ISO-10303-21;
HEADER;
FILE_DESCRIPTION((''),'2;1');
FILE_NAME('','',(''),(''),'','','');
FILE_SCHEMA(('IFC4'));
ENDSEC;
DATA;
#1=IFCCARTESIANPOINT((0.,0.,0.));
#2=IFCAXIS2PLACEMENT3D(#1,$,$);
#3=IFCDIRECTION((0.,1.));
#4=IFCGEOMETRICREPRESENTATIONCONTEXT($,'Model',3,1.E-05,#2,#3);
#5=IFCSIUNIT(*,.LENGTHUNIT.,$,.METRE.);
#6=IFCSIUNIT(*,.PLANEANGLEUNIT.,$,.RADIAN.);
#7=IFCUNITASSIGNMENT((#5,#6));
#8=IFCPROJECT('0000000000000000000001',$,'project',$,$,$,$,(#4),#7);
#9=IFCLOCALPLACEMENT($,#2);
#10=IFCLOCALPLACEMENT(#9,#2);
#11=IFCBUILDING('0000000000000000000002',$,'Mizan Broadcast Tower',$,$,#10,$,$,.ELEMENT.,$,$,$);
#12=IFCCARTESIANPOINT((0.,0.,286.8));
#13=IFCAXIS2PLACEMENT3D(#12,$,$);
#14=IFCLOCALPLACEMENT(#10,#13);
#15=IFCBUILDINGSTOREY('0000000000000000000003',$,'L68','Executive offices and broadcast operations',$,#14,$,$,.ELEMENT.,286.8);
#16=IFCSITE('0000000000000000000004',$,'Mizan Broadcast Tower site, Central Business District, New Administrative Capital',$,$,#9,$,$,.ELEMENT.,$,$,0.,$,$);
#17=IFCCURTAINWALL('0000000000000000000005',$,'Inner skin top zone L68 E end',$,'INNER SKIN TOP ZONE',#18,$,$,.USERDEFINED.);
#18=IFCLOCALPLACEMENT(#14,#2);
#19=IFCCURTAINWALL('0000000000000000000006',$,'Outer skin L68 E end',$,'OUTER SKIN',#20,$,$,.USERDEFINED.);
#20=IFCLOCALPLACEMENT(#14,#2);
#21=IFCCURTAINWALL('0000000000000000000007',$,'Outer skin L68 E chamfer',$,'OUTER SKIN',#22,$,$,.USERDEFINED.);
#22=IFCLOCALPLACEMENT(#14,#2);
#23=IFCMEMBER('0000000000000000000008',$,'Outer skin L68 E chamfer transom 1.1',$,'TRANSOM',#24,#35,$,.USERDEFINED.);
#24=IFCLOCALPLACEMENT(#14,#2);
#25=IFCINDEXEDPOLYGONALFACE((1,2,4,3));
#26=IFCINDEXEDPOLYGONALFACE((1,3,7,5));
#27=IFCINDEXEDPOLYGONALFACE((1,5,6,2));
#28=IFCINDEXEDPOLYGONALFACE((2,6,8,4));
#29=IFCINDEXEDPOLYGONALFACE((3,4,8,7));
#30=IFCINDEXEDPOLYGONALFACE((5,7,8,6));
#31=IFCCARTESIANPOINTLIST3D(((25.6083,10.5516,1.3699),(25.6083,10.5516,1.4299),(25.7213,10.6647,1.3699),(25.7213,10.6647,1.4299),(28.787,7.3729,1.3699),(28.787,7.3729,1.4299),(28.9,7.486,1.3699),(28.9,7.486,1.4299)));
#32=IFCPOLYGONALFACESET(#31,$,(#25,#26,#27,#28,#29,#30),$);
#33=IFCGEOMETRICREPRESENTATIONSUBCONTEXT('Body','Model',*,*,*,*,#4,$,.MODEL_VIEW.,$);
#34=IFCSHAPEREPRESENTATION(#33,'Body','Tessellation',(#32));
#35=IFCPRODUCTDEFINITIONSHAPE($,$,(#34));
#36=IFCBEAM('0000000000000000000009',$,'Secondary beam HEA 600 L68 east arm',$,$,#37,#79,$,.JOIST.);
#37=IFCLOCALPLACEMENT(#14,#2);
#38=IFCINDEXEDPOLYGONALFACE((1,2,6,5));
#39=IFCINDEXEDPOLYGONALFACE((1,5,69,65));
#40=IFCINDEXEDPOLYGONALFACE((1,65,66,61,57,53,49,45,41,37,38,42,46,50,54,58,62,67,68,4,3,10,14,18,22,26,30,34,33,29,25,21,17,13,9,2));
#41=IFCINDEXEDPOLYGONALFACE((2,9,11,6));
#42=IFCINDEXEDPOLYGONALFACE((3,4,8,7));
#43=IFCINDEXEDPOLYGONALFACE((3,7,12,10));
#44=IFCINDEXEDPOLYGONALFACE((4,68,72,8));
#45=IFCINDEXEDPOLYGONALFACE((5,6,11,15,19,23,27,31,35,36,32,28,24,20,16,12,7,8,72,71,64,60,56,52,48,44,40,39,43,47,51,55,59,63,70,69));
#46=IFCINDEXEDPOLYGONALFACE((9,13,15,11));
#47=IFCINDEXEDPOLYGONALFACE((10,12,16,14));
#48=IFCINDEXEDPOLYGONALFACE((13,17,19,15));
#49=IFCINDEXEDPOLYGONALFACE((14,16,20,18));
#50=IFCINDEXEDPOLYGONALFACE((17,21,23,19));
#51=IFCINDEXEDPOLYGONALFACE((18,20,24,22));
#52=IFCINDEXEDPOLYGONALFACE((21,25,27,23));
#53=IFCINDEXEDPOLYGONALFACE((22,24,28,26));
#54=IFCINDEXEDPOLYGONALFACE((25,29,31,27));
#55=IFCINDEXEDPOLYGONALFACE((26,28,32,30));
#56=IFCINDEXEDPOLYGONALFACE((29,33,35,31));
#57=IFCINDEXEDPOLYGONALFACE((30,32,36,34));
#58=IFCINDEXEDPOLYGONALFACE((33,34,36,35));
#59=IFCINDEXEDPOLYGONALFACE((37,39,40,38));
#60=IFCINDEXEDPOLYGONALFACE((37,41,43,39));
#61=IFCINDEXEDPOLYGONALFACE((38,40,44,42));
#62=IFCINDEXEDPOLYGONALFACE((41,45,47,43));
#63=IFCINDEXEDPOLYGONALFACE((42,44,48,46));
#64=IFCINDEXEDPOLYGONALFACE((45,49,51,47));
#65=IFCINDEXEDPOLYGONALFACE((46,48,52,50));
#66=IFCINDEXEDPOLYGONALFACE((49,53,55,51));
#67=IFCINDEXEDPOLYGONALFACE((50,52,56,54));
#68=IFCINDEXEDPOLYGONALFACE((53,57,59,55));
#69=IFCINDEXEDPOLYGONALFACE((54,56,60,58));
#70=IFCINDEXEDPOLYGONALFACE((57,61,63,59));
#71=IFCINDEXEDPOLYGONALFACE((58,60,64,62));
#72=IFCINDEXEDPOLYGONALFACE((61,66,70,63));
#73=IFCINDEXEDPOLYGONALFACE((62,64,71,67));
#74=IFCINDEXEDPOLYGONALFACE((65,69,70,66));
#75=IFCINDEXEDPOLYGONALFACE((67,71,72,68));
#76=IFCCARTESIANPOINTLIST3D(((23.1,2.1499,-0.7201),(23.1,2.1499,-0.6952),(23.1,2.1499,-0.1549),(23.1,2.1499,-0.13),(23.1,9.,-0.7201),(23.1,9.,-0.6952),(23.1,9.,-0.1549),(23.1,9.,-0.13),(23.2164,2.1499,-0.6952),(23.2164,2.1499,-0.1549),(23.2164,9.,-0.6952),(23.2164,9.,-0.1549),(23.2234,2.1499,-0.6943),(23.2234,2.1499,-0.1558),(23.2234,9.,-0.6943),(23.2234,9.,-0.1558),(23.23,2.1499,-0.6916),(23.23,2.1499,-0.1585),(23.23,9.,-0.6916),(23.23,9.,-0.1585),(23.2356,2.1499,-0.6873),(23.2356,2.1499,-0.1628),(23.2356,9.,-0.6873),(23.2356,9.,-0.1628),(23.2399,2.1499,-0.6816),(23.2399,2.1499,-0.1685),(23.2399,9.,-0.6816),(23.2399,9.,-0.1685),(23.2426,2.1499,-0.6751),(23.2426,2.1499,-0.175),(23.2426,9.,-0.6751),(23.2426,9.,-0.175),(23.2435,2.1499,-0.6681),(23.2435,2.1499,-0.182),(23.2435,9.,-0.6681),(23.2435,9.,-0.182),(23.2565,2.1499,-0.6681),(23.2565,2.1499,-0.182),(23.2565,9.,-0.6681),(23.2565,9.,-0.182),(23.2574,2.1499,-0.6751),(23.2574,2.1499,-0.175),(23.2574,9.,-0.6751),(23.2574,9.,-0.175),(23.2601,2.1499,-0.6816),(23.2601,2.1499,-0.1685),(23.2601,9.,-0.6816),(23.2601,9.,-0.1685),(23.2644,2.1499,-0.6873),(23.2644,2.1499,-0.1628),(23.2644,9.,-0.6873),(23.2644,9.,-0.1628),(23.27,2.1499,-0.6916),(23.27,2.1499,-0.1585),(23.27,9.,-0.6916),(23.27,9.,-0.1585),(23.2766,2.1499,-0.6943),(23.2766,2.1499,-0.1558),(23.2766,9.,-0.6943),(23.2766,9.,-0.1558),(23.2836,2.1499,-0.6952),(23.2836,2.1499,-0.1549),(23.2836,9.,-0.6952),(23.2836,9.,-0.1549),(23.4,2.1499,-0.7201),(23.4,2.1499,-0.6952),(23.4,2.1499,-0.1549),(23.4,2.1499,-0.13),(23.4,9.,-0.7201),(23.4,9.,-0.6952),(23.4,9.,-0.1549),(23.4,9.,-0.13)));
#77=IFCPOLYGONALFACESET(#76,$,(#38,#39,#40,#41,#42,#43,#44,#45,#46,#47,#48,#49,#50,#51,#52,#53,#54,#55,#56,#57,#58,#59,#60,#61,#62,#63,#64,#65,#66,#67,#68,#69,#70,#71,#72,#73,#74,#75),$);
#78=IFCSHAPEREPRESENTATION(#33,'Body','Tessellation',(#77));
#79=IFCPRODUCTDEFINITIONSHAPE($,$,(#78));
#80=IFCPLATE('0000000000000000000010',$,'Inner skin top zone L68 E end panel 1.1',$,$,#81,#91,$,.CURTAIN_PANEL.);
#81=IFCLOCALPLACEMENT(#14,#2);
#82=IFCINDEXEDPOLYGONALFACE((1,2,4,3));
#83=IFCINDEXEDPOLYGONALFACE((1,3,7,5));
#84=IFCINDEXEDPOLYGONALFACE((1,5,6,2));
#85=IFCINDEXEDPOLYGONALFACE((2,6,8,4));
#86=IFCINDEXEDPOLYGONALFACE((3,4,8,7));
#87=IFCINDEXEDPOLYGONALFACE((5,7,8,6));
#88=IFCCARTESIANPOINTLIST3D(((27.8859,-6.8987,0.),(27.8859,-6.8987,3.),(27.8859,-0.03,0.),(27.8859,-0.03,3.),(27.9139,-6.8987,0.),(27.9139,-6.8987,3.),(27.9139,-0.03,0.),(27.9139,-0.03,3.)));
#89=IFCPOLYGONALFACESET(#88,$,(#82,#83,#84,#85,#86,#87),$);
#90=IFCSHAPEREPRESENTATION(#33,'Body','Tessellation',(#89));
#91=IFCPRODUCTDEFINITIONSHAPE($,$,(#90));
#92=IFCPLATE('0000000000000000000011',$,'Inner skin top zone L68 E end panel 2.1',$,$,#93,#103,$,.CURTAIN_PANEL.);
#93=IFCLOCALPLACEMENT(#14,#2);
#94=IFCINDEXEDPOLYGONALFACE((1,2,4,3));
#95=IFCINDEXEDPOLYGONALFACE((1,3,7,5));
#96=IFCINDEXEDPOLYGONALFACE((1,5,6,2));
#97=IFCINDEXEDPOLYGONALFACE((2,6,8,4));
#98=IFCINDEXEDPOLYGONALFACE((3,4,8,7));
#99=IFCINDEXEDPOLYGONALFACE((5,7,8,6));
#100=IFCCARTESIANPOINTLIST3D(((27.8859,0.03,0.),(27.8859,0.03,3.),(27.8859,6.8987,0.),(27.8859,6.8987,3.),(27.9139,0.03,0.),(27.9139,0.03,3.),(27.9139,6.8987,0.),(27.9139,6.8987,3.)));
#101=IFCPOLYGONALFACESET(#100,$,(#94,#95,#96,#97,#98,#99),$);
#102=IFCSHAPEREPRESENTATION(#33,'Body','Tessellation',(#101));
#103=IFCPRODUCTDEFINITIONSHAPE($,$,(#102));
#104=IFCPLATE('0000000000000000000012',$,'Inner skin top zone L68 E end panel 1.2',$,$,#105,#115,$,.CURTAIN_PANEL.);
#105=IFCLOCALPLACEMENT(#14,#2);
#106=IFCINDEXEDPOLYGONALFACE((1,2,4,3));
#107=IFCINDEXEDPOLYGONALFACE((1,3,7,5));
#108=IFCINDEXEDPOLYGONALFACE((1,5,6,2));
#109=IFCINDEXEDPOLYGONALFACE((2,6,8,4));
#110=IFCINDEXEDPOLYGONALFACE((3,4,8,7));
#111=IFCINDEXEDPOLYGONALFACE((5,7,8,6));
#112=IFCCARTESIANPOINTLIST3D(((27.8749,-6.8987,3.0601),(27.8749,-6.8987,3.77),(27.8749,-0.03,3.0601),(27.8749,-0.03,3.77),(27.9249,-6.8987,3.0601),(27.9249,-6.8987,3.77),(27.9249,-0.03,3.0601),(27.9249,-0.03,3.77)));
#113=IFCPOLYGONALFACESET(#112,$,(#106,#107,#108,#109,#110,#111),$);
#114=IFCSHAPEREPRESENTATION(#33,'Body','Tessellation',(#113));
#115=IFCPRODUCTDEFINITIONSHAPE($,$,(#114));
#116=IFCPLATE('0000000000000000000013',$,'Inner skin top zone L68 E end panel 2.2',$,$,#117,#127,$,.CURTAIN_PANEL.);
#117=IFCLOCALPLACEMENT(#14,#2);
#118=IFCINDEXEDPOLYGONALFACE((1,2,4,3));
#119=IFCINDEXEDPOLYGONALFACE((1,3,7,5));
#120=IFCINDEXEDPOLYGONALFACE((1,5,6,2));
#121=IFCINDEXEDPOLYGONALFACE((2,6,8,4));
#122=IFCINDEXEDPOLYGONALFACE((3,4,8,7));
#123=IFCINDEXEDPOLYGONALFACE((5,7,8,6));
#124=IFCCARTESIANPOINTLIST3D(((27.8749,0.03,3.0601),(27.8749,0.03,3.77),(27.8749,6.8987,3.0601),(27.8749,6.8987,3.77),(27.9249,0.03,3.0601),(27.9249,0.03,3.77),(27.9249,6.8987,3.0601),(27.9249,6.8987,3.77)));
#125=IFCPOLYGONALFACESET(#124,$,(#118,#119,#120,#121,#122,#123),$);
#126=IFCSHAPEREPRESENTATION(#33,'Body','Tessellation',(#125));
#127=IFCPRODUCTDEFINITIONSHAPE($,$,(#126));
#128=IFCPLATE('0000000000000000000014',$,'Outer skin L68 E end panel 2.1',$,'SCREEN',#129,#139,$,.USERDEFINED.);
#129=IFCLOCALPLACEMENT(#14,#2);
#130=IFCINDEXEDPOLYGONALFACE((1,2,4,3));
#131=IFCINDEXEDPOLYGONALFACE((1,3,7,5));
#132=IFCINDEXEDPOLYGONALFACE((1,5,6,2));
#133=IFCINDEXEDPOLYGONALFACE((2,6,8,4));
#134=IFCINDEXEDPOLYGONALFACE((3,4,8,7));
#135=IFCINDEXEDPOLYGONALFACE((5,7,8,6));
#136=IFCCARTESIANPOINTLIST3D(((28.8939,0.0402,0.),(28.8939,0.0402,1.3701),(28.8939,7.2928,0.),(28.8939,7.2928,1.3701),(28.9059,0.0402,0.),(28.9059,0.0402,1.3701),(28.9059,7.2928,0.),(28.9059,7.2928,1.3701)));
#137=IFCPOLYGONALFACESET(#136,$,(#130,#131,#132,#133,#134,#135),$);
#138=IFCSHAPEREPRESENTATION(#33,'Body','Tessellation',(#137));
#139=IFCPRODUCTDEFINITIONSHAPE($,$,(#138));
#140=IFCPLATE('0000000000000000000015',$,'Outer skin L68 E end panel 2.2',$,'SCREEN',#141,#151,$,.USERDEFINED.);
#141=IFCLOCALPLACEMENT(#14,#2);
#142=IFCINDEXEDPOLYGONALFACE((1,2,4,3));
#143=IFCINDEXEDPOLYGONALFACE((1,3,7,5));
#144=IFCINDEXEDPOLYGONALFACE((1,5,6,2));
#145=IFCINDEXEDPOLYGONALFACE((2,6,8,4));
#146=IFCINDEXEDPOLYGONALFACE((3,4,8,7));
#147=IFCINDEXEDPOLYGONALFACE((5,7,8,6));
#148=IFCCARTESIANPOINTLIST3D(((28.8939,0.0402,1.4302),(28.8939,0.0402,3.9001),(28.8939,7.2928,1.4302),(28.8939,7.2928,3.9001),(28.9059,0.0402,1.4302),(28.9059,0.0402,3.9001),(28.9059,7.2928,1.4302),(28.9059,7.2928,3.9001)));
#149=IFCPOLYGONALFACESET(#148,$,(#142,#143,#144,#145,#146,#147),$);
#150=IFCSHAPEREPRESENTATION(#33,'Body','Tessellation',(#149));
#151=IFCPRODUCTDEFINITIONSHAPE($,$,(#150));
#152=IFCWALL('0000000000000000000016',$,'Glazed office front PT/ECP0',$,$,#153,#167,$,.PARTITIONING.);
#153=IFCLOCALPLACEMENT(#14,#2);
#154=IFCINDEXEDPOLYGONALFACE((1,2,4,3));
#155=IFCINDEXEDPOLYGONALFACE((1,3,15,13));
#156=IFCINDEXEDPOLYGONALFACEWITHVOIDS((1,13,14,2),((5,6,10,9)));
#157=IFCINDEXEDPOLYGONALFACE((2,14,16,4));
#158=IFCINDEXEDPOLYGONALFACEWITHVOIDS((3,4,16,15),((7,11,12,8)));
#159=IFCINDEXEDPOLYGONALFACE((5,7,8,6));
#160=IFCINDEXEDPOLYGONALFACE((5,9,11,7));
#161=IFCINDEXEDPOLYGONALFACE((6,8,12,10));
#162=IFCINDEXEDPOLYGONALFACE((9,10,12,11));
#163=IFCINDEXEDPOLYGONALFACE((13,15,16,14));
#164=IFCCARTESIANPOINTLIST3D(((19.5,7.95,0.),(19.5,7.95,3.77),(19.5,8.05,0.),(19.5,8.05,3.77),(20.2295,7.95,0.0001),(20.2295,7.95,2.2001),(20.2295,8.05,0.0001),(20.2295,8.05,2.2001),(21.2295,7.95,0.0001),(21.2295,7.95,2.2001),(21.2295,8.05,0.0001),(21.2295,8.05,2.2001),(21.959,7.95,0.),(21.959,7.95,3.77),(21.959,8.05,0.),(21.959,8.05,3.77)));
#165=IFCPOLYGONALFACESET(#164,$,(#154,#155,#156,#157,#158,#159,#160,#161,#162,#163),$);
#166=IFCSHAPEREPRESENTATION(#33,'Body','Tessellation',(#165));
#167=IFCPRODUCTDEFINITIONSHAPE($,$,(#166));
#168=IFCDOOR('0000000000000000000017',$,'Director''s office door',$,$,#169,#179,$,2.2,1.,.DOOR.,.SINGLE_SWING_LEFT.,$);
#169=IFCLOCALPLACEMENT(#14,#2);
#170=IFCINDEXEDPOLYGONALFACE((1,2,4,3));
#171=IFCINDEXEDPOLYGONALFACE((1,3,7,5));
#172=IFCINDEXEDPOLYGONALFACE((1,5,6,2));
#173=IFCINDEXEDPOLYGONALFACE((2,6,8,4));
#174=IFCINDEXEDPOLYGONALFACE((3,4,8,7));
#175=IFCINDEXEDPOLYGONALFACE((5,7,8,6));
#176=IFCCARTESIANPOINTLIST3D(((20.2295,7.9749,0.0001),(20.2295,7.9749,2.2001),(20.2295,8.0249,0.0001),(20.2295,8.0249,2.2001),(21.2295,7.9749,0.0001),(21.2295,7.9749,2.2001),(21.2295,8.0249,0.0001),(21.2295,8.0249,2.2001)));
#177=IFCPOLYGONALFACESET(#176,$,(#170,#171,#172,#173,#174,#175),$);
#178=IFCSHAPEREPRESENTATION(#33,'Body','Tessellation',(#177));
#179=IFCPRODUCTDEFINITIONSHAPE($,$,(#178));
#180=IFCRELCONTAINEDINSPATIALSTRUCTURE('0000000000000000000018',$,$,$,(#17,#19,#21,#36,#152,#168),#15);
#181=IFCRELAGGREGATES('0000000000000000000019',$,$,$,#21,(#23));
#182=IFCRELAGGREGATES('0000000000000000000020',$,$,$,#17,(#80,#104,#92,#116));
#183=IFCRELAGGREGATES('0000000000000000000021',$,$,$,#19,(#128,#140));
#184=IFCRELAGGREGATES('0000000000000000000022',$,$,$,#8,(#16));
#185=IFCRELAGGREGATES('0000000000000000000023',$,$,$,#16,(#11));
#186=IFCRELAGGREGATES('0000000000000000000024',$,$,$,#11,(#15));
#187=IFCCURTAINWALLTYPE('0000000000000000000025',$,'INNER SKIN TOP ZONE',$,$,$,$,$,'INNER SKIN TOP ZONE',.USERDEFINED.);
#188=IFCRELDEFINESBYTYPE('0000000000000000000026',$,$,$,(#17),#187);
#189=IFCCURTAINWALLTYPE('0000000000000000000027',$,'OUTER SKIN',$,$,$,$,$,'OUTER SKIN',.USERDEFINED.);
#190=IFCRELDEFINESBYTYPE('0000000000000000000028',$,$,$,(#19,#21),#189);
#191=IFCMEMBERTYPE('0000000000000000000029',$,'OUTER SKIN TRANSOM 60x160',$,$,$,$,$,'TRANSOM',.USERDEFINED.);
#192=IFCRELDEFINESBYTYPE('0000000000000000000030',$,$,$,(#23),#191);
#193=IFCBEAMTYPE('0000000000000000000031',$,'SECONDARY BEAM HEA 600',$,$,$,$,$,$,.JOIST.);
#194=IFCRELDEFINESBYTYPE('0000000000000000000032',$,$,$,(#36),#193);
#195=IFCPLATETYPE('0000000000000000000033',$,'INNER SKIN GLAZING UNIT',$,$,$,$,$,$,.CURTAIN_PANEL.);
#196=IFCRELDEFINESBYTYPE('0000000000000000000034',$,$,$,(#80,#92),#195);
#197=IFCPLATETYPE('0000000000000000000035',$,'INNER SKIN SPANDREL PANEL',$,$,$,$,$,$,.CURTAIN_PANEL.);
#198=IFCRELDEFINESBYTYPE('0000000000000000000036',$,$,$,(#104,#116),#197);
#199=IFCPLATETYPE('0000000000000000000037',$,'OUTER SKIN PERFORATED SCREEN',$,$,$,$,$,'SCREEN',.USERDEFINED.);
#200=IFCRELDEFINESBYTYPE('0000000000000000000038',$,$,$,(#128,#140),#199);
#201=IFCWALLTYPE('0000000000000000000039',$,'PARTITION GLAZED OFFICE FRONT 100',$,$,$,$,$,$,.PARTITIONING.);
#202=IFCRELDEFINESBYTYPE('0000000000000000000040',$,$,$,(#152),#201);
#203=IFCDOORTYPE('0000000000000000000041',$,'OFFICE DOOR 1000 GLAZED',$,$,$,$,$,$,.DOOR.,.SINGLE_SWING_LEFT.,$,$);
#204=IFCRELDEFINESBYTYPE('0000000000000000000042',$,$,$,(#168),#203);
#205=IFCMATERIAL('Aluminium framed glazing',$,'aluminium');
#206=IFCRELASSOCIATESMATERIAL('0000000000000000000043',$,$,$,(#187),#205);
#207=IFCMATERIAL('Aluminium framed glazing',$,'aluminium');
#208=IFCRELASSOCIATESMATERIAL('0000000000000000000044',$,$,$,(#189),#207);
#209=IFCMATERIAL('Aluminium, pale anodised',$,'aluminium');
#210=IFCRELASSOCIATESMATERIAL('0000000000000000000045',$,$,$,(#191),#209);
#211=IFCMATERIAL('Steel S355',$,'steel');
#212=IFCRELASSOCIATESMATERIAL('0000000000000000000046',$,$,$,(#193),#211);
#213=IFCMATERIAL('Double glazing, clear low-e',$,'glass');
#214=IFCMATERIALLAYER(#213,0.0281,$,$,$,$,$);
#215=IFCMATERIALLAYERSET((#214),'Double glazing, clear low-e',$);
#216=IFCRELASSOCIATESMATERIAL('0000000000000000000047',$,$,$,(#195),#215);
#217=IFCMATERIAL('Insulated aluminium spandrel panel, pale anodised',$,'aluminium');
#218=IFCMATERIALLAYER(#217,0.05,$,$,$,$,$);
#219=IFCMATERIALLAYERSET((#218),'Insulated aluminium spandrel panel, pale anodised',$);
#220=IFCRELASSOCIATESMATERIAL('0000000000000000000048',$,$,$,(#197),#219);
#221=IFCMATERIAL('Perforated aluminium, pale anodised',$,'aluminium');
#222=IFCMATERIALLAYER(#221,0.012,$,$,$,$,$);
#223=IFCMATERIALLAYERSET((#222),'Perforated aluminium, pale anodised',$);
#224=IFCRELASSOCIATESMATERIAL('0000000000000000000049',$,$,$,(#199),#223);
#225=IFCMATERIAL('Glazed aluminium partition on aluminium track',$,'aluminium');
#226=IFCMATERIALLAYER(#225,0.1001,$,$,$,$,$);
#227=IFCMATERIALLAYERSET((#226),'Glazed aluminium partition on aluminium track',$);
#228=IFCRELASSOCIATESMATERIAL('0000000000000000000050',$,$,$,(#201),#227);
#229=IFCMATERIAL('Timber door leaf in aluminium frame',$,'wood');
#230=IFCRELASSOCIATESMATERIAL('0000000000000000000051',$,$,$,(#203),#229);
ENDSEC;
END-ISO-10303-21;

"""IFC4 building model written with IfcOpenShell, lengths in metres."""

from ifc_helpers import new_model, si_unit, direction, frame, frame_2d, origin, origin_2d, place, context, subcontext, project, spatial, rectangle, i_section, extrude, material, layer, layer_set, material_profile, profile_set, type_object, element, fill, aggregate, save


model = new_model("IFC4")

# Units and contexts
model_context = context("Model", 3, precision=1e-05, world=origin(), true_north=direction((0.0, 1.0)))
body_context = subcontext(model_context, "Body", "Model", "MODEL_VIEW")
ifc_project = project(units=[si_unit("LENGTHUNIT", "METRE"), si_unit("PLANEANGLEUNIT", "RADIAN")], contexts=[model_context])

# Site, building, storey
site_placement = place(None, origin())
site = spatial("IfcSite", under=ifc_project, at=site_placement, Name="Mizan Broadcast Tower site, Central Business District, New Administrative Capital", CompositionType="ELEMENT", RefElevation=0.0)
building_placement = place(site_placement, origin())
building = spatial("IfcBuilding", under=site, at=building_placement, Name="Mizan Broadcast Tower", CompositionType="ELEMENT")
storey_placement = place(building_placement, frame((0.0, 0.0, 286.8)))
storey = spatial("IfcBuildingStorey", under=building, at=storey_placement, Name="L68", Description="Executive offices and broadcast operations", CompositionType="ELEMENT", Elevation=286.8)

# Curtain wall
ifc_material_1 = material(Name="Aluminium framed glazing", Category="aluminium")
curtain_wall_type_1 = type_object("IfcCurtainWallType", Name="INNER SKIN TOP ZONE", ElementType="INNER SKIN TOP ZONE", PredefinedType="USERDEFINED", material=ifc_material_1)
curtain_wall_1_placement = place(storey_placement, origin())
curtain_wall_1 = element("IfcCurtainWall", 1, at=curtain_wall_1_placement, inside=storey, type_object=curtain_wall_type_1, Name="Inner skin top zone L68 E end", ObjectType="INNER SKIN TOP ZONE", PredefinedType="USERDEFINED")

# Curtain wall
ifc_material_2 = material(Name="Aluminium framed glazing", Category="aluminium")
curtain_wall_type_2 = type_object("IfcCurtainWallType", Name="OUTER SKIN", ElementType="OUTER SKIN", PredefinedType="USERDEFINED", material=ifc_material_2)
curtain_wall_2_placement = place(storey_placement, origin())
curtain_wall_2 = element("IfcCurtainWall", 2, at=curtain_wall_2_placement, inside=storey, type_object=curtain_wall_type_2, Name="Outer skin L68 E end", ObjectType="OUTER SKIN", PredefinedType="USERDEFINED")
ifc_material_3 = material(Name="Aluminium, pale anodised", Category="aluminium")
ifc_material_profile_1 = material_profile(ifc_material_3, rectangle(XDim=0.1599, YDim=0.0601, at=origin_2d()), Name="TRANSOM 160x60")
ifc_profile_set_1 = profile_set([ifc_material_profile_1], Name="Aluminium, pale anodised")
member_type_1 = type_object("IfcMemberType", Name="OUTER SKIN TRANSOM 60x160", ElementType="TRANSOM", PredefinedType="USERDEFINED", material=ifc_profile_set_1)

# Curtain wall, member
curtain_wall_3_placement = place(storey_placement, origin())
curtain_wall_3 = element("IfcCurtainWall", 3, at=curtain_wall_3_placement, inside=storey, type_object=curtain_wall_type_2, Name="Outer skin L68 E chamfer", ObjectType="OUTER SKIN", PredefinedType="USERDEFINED")
member_1_placement = place(storey_placement, frame((28.8435, 7.4294, 1.3999), z_axis=(-0.707107, 0.707107, 0.0), x_axis=(-0.707107, -0.707107, 0.0)))
member_1 = element("IfcMember", 4, at=member_1_placement, type_object=member_type_1, Name="Outer skin L68 E chamfer transom 1.1", ObjectType="TRANSOM", PredefinedType="USERDEFINED", context=body_context, shape_type="SweptSolid", body=[
    extrude(rectangle(XDim=0.1599, YDim=0.0601, at=origin_2d()), origin(), (0.0, 0.0, 1.0), 4.4954),
])
aggregate(curtain_wall_3, [member_1])

# Beam
ifc_material_4 = material(Name="Steel S355", Category="steel")
ifc_material_profile_2 = material_profile(ifc_material_4, i_section(OverallWidth=0.3, OverallDepth=0.5901, WebThickness=0.0129, FlangeThickness=0.0249, FilletRadius=0.0271, at=origin_2d()), Name="HEA 600")
ifc_profile_set_2 = profile_set([ifc_material_profile_2], Name="Steel S355")
beam_type_1 = type_object("IfcBeamType", Name="SECONDARY BEAM HEA 600", PredefinedType="JOIST", material=ifc_profile_set_2)
beam_1_placement = place(storey_placement, frame((23.25, 9.0, -0.425), z_axis=(0.0, -1.0, 0.0), x_axis=(1.0, 0.0, 0.0)))
element("IfcBeam", 5, at=beam_1_placement, inside=storey, type_object=beam_type_1, Name="Secondary beam HEA 600 L68 east arm", PredefinedType="JOIST", context=body_context, shape_type="SweptSolid", body=[
    extrude(i_section(OverallWidth=0.3, OverallDepth=0.5901, WebThickness=0.0129, FlangeThickness=0.0249, FilletRadius=0.0271, at=origin_2d()), origin(), (0.0, 0.0, 1.0), 6.8501),
])

# Plates
ifc_material_5 = material(Name="Double glazing, clear low-e", Category="glass")
ifc_layer_1 = layer(ifc_material_5, 0.0281)
ifc_layer_set_1 = layer_set([ifc_layer_1], Name="Double glazing, clear low-e")
plate_type_1 = type_object("IfcPlateType", Name="INNER SKIN GLAZING UNIT", PredefinedType="CURTAIN_PANEL", material=ifc_layer_set_1)
plate_1_placement = place(storey_placement, frame((27.8999, -3.4644, 0.0), z_axis=(0.0, 0.0, 1.0), x_axis=(0.0, 1.0, 0.0)))
plate_1 = element("IfcPlate", 6, at=plate_1_placement, type_object=plate_type_1, Name="Inner skin top zone L68 E end panel 1.1", PredefinedType="CURTAIN_PANEL", context=body_context, shape_type="SweptSolid", body=[
    extrude(rectangle(XDim=6.8687, YDim=0.0281, at=origin_2d()), origin(), (0.0, 0.0, 1.0), 3.0),
])
plate_2_placement = place(storey_placement, frame((27.8999, 3.4644, 0.0), z_axis=(0.0, 0.0, 1.0), x_axis=(0.0, 1.0, 0.0)))
plate_2 = element("IfcPlate", 7, at=plate_2_placement, type_object=plate_type_1, Name="Inner skin top zone L68 E end panel 2.1", PredefinedType="CURTAIN_PANEL", context=body_context, shape_type="SweptSolid", body=[
    extrude(rectangle(XDim=6.8687, YDim=0.0281, at=origin_2d()), origin(), (0.0, 0.0, 1.0), 3.0),
])
ifc_material_6 = material(Name="Insulated aluminium spandrel panel, pale anodised", Category="aluminium")
ifc_layer_2 = layer(ifc_material_6, 0.05)
ifc_layer_set_2 = layer_set([ifc_layer_2], Name="Insulated aluminium spandrel panel, pale anodised")
plate_type_2 = type_object("IfcPlateType", Name="INNER SKIN SPANDREL PANEL", PredefinedType="CURTAIN_PANEL", material=ifc_layer_set_2)
plate_3_placement = place(storey_placement, frame((27.8999, -3.4644, 3.0601), z_axis=(0.0, 0.0, 1.0), x_axis=(0.0, 1.0, 0.0)))
plate_3 = element("IfcPlate", 8, at=plate_3_placement, type_object=plate_type_2, Name="Inner skin top zone L68 E end panel 1.2", PredefinedType="CURTAIN_PANEL", context=body_context, shape_type="SweptSolid", body=[
    extrude(rectangle(XDim=6.8687, YDim=0.05, at=origin_2d()), origin(), (0.0, 0.0, 1.0), 0.71),
])
plate_4_placement = place(storey_placement, frame((27.8999, 3.4644, 3.0601), z_axis=(0.0, 0.0, 1.0), x_axis=(0.0, 1.0, 0.0)))
plate_4 = element("IfcPlate", 9, at=plate_4_placement, type_object=plate_type_2, Name="Inner skin top zone L68 E end panel 2.2", PredefinedType="CURTAIN_PANEL", context=body_context, shape_type="SweptSolid", body=[
    extrude(rectangle(XDim=6.8687, YDim=0.05, at=origin_2d()), origin(), (0.0, 0.0, 1.0), 0.71),
])
aggregate(curtain_wall_1, [plate_1, plate_3, plate_2, plate_4])
ifc_material_7 = material(Name="Perforated aluminium, pale anodised", Category="aluminium")
ifc_layer_3 = layer(ifc_material_7, 0.012)
ifc_layer_set_3 = layer_set([ifc_layer_3], Name="Perforated aluminium, pale anodised")
plate_type_3 = type_object("IfcPlateType", Name="OUTER SKIN PERFORATED SCREEN", ElementType="SCREEN", PredefinedType="USERDEFINED", material=ifc_layer_set_3)
plate_5_placement = place(storey_placement, frame((28.8999, 3.6665, 0.0), z_axis=(0.0, 0.0, 1.0), x_axis=(0.0, 1.0, 0.0)))
plate_5 = element("IfcPlate", 10, at=plate_5_placement, type_object=plate_type_3, Name="Outer skin L68 E end panel 2.1", ObjectType="SCREEN", PredefinedType="USERDEFINED", context=body_context, shape_type="SweptSolid", body=[
    extrude(rectangle(XDim=7.2527, YDim=0.012, at=origin_2d()), origin(), (0.0, 0.0, 1.0), 1.3701),
])
plate_6_placement = place(storey_placement, frame((28.8999, 3.6665, 1.4302), z_axis=(0.0, 0.0, 1.0), x_axis=(0.0, 1.0, 0.0)))
plate_6 = element("IfcPlate", 11, at=plate_6_placement, type_object=plate_type_3, Name="Outer skin L68 E end panel 2.2", ObjectType="SCREEN", PredefinedType="USERDEFINED", context=body_context, shape_type="SweptSolid", body=[
    extrude(rectangle(XDim=7.2527, YDim=0.012, at=origin_2d()), origin(), (0.0, 0.0, 1.0), 2.47),
])
aggregate(curtain_wall_2, [plate_5, plate_6])

# Wall, opening, door
ifc_material_8 = material(Name="Glazed aluminium partition on aluminium track", Category="aluminium")
ifc_layer_4 = layer(ifc_material_8, 0.1001)
ifc_layer_set_4 = layer_set([ifc_layer_4], Name="Glazed aluminium partition on aluminium track")
wall_type = type_object("IfcWallType", Name="PARTITION GLAZED OFFICE FRONT 100", PredefinedType="PARTITIONING", material=ifc_layer_set_4)
wall_1_placement = place(storey_placement, frame((19.5, 8.0, 0.0), z_axis=(0.0, 0.0, 1.0), x_axis=(1.0, 0.0, 0.0)))
wall_1 = element("IfcWall", 12, at=wall_1_placement, inside=storey, type_object=wall_type, Name="Glazed office front PT/ECP0", PredefinedType="PARTITIONING", context=body_context, shape_type="SweptSolid", body=[
    extrude(rectangle(XDim=2.459, YDim=0.1001, at=frame_2d((1.2295, 0.0))), origin(), (0.0, 0.0, 1.0), 3.77),
])
opening_placement = place(wall_1_placement, frame((0.7295, 0.0, 0.0)))
opening = element("IfcOpeningElement", 13, at=opening_placement, cuts=wall_1, PredefinedType="OPENING", context=body_context, shape_type="SweptSolid", body=[
    extrude(rectangle(XDim=1.0, YDim=2.2, at=frame_2d((0.5, 1.1001))), frame((0.0, 0.0601, 0.0), z_axis=(0.0, -1.0, 0.0), x_axis=(1.0, 0.0, 0.0)), (0.0, 0.0, 1.0), 0.1201),
])
ifc_material_9 = material(Name="Timber door leaf in aluminium frame", Category="wood")
door_type = type_object("IfcDoorType", Name="OFFICE DOOR 1000 GLAZED", OperationType="SINGLE_SWING_LEFT", PredefinedType="DOOR", material=ifc_material_9)
door_placement = place(opening_placement, origin())
door = element("IfcDoor", 14, at=door_placement, inside=storey, type_object=door_type, Name="Director's office door", OperationType="SINGLE_SWING_LEFT", OverallHeight=2.2, OverallWidth=1.0, PredefinedType="DOOR", context=body_context, shape_type="SweptSolid", body=[
    extrude(rectangle(XDim=1.0, YDim=2.2, at=frame_2d((0.5, 1.1001))), frame((0.0, 0.0249, 0.0), z_axis=(0.0, -1.0, 0.0), x_axis=(1.0, 0.0, 0.0)), (0.0, 0.0, 1.0), 0.05),
])
fill(opening, door)

save(model, "model.ifc")
